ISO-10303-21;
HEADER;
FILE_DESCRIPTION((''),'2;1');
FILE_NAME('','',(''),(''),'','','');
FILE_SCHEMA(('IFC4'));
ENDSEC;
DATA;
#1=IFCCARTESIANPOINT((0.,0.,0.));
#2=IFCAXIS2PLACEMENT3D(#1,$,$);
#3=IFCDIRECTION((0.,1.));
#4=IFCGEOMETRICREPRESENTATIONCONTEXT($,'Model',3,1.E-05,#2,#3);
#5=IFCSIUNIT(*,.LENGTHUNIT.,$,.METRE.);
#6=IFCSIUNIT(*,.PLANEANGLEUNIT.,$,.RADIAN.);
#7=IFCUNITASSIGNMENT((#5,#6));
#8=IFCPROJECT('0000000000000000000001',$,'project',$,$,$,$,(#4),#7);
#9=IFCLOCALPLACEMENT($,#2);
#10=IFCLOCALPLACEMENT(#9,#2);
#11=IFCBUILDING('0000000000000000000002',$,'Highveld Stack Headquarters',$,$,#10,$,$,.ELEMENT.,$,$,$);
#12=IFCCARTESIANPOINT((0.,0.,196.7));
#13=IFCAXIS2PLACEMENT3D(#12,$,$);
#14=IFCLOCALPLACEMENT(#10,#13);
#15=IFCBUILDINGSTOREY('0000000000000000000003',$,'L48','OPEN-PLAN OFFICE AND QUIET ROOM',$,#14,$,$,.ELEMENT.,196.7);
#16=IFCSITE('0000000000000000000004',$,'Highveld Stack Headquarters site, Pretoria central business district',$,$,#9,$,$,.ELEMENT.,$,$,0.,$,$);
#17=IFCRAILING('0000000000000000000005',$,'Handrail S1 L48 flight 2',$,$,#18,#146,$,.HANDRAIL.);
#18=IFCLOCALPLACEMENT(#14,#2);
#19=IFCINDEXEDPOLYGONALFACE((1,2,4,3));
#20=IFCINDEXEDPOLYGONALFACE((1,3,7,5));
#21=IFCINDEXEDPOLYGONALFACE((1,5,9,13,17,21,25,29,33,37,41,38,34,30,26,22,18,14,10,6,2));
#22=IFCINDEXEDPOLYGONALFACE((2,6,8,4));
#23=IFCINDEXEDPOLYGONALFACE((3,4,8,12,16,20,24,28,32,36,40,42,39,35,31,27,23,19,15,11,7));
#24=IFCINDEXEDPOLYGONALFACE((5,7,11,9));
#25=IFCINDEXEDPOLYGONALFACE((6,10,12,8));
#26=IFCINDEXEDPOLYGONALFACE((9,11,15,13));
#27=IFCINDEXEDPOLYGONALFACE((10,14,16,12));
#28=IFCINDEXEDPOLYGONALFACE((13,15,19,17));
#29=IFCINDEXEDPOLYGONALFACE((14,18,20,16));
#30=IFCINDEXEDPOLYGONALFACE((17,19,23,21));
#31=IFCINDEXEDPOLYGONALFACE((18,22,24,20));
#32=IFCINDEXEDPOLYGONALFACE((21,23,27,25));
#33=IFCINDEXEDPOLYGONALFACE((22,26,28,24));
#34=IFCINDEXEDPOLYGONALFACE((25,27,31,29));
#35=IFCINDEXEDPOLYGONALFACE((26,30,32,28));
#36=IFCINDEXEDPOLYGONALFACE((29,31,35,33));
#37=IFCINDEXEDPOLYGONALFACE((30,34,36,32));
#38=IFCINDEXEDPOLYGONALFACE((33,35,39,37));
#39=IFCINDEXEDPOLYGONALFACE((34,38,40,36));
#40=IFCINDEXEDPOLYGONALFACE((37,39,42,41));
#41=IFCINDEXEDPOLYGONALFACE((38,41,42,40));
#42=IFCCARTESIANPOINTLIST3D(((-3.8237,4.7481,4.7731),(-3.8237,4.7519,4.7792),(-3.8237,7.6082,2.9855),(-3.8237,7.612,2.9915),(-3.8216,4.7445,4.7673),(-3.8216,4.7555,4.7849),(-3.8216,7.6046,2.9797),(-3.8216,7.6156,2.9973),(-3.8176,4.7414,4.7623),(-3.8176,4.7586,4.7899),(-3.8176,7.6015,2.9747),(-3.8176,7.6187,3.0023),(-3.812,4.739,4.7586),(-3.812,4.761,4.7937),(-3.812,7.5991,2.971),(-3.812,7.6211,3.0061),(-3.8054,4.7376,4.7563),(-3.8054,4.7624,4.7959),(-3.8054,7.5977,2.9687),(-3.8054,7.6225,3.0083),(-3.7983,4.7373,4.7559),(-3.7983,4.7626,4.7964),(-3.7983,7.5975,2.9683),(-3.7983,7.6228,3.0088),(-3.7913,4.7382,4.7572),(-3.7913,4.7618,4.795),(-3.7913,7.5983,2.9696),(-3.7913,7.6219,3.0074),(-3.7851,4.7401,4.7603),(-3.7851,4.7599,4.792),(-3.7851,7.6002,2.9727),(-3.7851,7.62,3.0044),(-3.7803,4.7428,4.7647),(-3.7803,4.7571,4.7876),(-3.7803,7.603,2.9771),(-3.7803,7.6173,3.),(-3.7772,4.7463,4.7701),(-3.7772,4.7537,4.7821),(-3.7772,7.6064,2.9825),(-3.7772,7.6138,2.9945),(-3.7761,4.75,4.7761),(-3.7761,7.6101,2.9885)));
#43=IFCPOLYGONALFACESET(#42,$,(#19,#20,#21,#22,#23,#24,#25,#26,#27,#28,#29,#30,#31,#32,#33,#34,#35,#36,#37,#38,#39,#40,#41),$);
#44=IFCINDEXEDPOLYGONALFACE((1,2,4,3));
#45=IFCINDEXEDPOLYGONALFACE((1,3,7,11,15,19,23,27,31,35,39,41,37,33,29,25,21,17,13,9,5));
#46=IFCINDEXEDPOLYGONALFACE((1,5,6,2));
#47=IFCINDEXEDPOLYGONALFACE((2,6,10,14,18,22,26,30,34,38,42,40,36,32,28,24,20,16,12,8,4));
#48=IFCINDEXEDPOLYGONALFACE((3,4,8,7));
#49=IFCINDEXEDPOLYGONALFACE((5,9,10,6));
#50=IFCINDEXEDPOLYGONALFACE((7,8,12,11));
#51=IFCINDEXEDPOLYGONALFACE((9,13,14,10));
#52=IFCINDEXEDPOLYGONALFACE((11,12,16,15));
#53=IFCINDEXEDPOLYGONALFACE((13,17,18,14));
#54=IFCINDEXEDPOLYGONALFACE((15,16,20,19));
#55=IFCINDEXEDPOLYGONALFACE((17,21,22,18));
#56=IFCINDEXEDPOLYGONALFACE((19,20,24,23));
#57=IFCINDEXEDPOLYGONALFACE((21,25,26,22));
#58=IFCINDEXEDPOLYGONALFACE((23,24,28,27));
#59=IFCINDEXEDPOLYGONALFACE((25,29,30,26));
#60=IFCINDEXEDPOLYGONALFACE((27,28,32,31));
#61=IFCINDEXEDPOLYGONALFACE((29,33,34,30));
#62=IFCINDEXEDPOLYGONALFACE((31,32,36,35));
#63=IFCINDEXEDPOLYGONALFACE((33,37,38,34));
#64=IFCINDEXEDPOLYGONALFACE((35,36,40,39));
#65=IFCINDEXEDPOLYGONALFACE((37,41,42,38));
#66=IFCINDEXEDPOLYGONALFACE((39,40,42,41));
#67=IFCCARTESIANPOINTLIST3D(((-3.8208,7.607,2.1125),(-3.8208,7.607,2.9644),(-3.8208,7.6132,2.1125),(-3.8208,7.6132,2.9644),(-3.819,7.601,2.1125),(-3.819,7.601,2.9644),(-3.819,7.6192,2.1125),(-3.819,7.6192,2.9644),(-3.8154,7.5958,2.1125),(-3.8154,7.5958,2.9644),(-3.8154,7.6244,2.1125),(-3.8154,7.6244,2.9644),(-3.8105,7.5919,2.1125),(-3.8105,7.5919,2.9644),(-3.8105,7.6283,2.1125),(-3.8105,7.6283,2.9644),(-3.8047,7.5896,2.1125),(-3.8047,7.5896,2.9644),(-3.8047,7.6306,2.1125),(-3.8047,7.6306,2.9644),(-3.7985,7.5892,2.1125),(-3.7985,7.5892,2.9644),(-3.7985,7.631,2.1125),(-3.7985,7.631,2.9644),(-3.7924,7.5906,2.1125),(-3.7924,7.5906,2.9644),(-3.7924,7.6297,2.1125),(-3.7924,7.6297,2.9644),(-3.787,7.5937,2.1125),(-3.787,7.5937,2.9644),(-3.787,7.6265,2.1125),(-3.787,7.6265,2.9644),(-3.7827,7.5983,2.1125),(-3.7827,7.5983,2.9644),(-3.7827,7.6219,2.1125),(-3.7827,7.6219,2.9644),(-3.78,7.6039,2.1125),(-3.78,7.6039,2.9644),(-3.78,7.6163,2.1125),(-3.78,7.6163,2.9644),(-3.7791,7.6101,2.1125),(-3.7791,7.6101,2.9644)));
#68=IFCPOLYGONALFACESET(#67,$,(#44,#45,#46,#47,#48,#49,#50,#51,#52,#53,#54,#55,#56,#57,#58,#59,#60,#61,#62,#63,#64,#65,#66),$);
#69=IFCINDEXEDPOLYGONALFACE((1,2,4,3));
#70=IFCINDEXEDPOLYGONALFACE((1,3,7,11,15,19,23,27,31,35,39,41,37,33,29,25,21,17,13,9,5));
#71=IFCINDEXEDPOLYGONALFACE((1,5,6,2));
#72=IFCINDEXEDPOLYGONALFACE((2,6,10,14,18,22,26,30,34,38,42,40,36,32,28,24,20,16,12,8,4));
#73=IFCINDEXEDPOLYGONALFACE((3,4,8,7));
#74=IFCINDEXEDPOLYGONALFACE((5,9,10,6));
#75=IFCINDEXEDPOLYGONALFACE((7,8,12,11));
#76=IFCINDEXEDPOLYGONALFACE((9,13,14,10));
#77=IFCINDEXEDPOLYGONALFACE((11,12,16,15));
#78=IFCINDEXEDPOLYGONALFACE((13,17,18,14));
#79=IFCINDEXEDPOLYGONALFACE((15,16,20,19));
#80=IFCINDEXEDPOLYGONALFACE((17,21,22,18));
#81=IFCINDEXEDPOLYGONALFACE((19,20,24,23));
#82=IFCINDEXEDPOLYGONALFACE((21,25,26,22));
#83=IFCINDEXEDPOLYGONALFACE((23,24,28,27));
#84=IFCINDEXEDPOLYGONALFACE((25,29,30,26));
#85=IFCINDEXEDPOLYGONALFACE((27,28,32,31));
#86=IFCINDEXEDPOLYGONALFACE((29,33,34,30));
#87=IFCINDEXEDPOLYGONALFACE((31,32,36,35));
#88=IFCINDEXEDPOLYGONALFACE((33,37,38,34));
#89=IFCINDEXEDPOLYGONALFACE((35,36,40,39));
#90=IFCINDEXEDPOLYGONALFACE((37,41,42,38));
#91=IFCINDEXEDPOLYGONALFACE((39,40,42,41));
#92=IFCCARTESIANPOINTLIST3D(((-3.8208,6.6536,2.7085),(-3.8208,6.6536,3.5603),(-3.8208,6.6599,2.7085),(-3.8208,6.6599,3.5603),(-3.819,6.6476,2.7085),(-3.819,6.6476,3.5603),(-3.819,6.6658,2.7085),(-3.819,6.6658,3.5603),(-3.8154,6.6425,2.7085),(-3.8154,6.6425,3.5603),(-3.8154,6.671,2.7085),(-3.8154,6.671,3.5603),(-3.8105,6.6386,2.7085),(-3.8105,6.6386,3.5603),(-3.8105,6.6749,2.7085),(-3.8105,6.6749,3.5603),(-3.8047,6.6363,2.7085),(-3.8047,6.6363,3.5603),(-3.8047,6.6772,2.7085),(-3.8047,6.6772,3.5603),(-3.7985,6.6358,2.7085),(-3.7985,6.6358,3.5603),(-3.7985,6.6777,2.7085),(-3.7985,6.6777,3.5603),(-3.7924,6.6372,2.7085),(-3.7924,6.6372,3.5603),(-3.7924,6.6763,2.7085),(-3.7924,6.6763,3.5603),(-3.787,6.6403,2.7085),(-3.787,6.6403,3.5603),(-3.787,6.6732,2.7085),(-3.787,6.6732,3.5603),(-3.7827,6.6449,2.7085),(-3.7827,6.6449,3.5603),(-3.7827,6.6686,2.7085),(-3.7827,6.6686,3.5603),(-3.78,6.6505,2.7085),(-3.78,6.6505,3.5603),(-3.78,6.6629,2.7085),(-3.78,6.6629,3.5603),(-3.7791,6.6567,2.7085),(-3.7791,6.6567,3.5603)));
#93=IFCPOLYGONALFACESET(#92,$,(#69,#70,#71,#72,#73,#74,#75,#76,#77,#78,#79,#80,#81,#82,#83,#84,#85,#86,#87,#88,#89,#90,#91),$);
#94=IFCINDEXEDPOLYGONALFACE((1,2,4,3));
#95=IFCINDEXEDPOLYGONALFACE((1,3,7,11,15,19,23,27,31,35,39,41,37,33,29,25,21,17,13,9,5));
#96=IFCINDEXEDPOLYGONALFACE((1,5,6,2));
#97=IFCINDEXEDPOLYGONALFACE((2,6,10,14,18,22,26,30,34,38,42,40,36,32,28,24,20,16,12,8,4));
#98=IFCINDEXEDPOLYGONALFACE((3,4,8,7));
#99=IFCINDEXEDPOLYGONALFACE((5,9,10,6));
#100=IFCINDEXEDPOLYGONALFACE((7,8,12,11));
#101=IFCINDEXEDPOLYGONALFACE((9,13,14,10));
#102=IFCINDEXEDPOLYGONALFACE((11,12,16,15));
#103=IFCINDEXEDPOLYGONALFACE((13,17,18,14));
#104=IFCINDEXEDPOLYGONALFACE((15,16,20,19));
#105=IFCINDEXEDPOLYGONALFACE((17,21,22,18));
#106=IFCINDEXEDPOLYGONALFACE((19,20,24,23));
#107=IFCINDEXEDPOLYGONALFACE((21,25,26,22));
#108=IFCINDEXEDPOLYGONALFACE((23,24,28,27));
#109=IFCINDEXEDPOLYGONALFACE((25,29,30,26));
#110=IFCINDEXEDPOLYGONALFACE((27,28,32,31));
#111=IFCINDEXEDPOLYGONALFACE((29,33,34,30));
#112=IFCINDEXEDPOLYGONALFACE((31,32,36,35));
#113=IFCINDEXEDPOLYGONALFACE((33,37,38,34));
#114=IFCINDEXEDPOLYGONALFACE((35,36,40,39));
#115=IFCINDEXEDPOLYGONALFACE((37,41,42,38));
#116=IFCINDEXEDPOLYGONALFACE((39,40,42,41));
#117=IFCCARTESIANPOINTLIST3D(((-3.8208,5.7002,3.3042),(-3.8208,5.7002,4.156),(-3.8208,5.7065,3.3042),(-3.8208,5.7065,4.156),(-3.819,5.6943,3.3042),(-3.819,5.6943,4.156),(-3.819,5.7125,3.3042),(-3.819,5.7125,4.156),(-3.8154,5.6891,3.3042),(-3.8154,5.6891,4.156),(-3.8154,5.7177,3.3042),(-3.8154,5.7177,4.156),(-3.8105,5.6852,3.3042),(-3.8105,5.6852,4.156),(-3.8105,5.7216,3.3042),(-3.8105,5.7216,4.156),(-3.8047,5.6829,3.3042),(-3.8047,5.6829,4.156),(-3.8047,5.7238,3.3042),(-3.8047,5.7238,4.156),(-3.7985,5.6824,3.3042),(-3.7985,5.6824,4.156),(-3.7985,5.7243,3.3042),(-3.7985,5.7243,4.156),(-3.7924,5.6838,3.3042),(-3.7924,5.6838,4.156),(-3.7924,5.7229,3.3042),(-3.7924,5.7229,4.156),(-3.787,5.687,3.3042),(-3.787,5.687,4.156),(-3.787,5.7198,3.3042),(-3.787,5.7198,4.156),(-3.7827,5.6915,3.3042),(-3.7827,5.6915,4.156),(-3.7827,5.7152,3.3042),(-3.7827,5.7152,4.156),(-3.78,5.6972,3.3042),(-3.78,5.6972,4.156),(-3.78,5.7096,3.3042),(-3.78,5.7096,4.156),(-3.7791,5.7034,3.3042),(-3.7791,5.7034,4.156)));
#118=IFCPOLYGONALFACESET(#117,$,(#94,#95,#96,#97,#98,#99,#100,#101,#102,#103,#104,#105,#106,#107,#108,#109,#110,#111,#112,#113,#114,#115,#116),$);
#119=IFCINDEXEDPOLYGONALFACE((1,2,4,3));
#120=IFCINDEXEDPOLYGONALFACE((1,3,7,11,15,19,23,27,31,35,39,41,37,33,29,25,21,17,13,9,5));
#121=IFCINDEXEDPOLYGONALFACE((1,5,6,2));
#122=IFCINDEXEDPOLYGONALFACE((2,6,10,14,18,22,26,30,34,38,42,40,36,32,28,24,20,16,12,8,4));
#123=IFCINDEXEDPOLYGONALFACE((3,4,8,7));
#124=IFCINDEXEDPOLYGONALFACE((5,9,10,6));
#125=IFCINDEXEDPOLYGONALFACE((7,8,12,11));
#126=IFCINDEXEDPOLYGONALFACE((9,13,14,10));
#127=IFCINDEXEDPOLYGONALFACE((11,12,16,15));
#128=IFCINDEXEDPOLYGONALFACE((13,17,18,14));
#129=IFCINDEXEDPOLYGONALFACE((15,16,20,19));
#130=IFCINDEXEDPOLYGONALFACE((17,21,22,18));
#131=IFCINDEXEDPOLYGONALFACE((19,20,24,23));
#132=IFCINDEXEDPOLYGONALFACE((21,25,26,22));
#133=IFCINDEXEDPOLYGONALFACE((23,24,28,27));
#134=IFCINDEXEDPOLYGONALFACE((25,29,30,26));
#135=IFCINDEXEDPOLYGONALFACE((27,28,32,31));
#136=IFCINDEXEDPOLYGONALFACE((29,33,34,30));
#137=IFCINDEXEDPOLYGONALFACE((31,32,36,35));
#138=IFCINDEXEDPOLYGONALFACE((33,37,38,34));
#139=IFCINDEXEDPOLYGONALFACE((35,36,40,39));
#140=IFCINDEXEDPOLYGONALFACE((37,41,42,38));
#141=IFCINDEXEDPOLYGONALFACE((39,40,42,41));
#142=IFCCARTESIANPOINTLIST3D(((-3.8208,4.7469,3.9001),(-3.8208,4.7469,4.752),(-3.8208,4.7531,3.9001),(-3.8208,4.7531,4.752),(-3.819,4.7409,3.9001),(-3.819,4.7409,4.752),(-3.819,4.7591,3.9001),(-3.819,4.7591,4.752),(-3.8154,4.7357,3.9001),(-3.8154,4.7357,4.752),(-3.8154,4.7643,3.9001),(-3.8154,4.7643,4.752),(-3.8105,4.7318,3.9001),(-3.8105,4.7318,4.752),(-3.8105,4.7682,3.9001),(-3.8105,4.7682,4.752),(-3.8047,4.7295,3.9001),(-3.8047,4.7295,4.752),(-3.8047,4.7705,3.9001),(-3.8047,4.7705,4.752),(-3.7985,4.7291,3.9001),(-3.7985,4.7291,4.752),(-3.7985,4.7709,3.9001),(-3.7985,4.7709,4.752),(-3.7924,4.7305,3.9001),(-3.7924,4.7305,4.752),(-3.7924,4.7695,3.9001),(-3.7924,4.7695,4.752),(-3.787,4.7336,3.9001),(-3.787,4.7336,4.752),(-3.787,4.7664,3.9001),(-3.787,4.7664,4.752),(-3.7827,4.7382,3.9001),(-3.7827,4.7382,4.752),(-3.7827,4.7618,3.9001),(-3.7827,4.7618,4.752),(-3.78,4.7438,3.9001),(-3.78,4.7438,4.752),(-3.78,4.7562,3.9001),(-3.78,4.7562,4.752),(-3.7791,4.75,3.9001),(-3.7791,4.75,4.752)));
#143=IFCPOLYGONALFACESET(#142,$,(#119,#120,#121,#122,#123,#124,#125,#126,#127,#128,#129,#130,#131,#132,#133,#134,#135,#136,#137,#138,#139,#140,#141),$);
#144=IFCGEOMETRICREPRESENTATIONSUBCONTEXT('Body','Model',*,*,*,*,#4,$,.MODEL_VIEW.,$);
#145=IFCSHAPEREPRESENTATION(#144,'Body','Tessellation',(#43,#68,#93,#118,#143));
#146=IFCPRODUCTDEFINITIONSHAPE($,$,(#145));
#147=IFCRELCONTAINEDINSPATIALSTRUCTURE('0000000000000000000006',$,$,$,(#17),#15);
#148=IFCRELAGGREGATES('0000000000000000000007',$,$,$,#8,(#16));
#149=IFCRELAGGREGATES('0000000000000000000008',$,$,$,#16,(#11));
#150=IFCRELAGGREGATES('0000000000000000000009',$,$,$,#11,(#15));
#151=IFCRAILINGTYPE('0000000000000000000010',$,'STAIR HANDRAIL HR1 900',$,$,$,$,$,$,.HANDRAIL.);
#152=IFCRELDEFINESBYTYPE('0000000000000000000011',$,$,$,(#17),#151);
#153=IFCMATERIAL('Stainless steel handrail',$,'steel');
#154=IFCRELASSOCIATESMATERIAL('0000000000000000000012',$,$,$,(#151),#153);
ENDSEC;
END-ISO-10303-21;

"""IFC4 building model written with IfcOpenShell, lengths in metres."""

from ifc_helpers import new_model, si_unit, direction, frame, origin, origin_2d, place, context, subcontext, project, spatial, circle, extrude, material, type_object, element, save


model = new_model("IFC4")

# Units and contexts
model_context = context("Model", 3, precision=1e-05, world=origin(), true_north=direction((0.0, 1.0)))
body_context = subcontext(model_context, "Body", "Model", "MODEL_VIEW")
ifc_project = project(units=[si_unit("LENGTHUNIT", "METRE"), si_unit("PLANEANGLEUNIT", "RADIAN")], contexts=[model_context])

# Site, building, storey
site_placement = place(None, origin())
site = spatial("IfcSite", under=ifc_project, at=site_placement, Name="Highveld Stack Headquarters site, Pretoria central business district", CompositionType="ELEMENT", RefElevation=0.0)
building_placement = place(site_placement, origin())
building = spatial("IfcBuilding", under=site, at=building_placement, Name="Highveld Stack Headquarters", CompositionType="ELEMENT")
storey_placement = place(building_placement, frame((0.0, 0.0, 196.7)))
storey = spatial("IfcBuildingStorey", under=building, at=storey_placement, Name="L48", Description="OPEN-PLAN OFFICE AND QUIET ROOM", CompositionType="ELEMENT", Elevation=196.7)

# Railing
ifc_material_1 = material(Name="Stainless steel handrail", Category="steel")
railing_type = type_object("IfcRailingType", Name="STAIR HANDRAIL HR1 900", PredefinedType="HANDRAIL", material=ifc_material_1)
for number, where, name in (
    (1, (-3.8, 7.6101, 2.1125), "Handrail S1 L48 flight 2"),
):
    element("IfcRailing", number, at=place(storey_placement, frame(where)), inside=storey, type_object=railing_type, Name=name, PredefinedType="HANDRAIL", context=body_context, shape_type="SweptSolid", body=[
        extrude(circle(Radius=0.0239, at=origin_2d()), frame((0.0, 0.0, 0.876), z_axis=(0.0, -0.847994, 0.530005), x_axis=(1.0, 0.0, 0.0)), (0.0, 0.0, 1.0), 3.3728),
        extrude(circle(Radius=0.021, at=origin_2d()), origin(), (0.0, 0.0, 1.0), 0.8518),
        extrude(circle(Radius=0.021, at=origin_2d()), frame((0.0, -0.9534, 0.5959)), (0.0, 0.0, 1.0), 0.8518),
        extrude(circle(Radius=0.021, at=origin_2d()), frame((0.0, -1.9067, 1.1917)), (0.0, 0.0, 1.0), 0.8518),
        extrude(circle(Radius=0.021, at=origin_2d()), frame((0.0, -2.8601, 1.7876)), (0.0, 0.0, 1.0), 0.8518),
    ])

save(model, "model.ifc")
